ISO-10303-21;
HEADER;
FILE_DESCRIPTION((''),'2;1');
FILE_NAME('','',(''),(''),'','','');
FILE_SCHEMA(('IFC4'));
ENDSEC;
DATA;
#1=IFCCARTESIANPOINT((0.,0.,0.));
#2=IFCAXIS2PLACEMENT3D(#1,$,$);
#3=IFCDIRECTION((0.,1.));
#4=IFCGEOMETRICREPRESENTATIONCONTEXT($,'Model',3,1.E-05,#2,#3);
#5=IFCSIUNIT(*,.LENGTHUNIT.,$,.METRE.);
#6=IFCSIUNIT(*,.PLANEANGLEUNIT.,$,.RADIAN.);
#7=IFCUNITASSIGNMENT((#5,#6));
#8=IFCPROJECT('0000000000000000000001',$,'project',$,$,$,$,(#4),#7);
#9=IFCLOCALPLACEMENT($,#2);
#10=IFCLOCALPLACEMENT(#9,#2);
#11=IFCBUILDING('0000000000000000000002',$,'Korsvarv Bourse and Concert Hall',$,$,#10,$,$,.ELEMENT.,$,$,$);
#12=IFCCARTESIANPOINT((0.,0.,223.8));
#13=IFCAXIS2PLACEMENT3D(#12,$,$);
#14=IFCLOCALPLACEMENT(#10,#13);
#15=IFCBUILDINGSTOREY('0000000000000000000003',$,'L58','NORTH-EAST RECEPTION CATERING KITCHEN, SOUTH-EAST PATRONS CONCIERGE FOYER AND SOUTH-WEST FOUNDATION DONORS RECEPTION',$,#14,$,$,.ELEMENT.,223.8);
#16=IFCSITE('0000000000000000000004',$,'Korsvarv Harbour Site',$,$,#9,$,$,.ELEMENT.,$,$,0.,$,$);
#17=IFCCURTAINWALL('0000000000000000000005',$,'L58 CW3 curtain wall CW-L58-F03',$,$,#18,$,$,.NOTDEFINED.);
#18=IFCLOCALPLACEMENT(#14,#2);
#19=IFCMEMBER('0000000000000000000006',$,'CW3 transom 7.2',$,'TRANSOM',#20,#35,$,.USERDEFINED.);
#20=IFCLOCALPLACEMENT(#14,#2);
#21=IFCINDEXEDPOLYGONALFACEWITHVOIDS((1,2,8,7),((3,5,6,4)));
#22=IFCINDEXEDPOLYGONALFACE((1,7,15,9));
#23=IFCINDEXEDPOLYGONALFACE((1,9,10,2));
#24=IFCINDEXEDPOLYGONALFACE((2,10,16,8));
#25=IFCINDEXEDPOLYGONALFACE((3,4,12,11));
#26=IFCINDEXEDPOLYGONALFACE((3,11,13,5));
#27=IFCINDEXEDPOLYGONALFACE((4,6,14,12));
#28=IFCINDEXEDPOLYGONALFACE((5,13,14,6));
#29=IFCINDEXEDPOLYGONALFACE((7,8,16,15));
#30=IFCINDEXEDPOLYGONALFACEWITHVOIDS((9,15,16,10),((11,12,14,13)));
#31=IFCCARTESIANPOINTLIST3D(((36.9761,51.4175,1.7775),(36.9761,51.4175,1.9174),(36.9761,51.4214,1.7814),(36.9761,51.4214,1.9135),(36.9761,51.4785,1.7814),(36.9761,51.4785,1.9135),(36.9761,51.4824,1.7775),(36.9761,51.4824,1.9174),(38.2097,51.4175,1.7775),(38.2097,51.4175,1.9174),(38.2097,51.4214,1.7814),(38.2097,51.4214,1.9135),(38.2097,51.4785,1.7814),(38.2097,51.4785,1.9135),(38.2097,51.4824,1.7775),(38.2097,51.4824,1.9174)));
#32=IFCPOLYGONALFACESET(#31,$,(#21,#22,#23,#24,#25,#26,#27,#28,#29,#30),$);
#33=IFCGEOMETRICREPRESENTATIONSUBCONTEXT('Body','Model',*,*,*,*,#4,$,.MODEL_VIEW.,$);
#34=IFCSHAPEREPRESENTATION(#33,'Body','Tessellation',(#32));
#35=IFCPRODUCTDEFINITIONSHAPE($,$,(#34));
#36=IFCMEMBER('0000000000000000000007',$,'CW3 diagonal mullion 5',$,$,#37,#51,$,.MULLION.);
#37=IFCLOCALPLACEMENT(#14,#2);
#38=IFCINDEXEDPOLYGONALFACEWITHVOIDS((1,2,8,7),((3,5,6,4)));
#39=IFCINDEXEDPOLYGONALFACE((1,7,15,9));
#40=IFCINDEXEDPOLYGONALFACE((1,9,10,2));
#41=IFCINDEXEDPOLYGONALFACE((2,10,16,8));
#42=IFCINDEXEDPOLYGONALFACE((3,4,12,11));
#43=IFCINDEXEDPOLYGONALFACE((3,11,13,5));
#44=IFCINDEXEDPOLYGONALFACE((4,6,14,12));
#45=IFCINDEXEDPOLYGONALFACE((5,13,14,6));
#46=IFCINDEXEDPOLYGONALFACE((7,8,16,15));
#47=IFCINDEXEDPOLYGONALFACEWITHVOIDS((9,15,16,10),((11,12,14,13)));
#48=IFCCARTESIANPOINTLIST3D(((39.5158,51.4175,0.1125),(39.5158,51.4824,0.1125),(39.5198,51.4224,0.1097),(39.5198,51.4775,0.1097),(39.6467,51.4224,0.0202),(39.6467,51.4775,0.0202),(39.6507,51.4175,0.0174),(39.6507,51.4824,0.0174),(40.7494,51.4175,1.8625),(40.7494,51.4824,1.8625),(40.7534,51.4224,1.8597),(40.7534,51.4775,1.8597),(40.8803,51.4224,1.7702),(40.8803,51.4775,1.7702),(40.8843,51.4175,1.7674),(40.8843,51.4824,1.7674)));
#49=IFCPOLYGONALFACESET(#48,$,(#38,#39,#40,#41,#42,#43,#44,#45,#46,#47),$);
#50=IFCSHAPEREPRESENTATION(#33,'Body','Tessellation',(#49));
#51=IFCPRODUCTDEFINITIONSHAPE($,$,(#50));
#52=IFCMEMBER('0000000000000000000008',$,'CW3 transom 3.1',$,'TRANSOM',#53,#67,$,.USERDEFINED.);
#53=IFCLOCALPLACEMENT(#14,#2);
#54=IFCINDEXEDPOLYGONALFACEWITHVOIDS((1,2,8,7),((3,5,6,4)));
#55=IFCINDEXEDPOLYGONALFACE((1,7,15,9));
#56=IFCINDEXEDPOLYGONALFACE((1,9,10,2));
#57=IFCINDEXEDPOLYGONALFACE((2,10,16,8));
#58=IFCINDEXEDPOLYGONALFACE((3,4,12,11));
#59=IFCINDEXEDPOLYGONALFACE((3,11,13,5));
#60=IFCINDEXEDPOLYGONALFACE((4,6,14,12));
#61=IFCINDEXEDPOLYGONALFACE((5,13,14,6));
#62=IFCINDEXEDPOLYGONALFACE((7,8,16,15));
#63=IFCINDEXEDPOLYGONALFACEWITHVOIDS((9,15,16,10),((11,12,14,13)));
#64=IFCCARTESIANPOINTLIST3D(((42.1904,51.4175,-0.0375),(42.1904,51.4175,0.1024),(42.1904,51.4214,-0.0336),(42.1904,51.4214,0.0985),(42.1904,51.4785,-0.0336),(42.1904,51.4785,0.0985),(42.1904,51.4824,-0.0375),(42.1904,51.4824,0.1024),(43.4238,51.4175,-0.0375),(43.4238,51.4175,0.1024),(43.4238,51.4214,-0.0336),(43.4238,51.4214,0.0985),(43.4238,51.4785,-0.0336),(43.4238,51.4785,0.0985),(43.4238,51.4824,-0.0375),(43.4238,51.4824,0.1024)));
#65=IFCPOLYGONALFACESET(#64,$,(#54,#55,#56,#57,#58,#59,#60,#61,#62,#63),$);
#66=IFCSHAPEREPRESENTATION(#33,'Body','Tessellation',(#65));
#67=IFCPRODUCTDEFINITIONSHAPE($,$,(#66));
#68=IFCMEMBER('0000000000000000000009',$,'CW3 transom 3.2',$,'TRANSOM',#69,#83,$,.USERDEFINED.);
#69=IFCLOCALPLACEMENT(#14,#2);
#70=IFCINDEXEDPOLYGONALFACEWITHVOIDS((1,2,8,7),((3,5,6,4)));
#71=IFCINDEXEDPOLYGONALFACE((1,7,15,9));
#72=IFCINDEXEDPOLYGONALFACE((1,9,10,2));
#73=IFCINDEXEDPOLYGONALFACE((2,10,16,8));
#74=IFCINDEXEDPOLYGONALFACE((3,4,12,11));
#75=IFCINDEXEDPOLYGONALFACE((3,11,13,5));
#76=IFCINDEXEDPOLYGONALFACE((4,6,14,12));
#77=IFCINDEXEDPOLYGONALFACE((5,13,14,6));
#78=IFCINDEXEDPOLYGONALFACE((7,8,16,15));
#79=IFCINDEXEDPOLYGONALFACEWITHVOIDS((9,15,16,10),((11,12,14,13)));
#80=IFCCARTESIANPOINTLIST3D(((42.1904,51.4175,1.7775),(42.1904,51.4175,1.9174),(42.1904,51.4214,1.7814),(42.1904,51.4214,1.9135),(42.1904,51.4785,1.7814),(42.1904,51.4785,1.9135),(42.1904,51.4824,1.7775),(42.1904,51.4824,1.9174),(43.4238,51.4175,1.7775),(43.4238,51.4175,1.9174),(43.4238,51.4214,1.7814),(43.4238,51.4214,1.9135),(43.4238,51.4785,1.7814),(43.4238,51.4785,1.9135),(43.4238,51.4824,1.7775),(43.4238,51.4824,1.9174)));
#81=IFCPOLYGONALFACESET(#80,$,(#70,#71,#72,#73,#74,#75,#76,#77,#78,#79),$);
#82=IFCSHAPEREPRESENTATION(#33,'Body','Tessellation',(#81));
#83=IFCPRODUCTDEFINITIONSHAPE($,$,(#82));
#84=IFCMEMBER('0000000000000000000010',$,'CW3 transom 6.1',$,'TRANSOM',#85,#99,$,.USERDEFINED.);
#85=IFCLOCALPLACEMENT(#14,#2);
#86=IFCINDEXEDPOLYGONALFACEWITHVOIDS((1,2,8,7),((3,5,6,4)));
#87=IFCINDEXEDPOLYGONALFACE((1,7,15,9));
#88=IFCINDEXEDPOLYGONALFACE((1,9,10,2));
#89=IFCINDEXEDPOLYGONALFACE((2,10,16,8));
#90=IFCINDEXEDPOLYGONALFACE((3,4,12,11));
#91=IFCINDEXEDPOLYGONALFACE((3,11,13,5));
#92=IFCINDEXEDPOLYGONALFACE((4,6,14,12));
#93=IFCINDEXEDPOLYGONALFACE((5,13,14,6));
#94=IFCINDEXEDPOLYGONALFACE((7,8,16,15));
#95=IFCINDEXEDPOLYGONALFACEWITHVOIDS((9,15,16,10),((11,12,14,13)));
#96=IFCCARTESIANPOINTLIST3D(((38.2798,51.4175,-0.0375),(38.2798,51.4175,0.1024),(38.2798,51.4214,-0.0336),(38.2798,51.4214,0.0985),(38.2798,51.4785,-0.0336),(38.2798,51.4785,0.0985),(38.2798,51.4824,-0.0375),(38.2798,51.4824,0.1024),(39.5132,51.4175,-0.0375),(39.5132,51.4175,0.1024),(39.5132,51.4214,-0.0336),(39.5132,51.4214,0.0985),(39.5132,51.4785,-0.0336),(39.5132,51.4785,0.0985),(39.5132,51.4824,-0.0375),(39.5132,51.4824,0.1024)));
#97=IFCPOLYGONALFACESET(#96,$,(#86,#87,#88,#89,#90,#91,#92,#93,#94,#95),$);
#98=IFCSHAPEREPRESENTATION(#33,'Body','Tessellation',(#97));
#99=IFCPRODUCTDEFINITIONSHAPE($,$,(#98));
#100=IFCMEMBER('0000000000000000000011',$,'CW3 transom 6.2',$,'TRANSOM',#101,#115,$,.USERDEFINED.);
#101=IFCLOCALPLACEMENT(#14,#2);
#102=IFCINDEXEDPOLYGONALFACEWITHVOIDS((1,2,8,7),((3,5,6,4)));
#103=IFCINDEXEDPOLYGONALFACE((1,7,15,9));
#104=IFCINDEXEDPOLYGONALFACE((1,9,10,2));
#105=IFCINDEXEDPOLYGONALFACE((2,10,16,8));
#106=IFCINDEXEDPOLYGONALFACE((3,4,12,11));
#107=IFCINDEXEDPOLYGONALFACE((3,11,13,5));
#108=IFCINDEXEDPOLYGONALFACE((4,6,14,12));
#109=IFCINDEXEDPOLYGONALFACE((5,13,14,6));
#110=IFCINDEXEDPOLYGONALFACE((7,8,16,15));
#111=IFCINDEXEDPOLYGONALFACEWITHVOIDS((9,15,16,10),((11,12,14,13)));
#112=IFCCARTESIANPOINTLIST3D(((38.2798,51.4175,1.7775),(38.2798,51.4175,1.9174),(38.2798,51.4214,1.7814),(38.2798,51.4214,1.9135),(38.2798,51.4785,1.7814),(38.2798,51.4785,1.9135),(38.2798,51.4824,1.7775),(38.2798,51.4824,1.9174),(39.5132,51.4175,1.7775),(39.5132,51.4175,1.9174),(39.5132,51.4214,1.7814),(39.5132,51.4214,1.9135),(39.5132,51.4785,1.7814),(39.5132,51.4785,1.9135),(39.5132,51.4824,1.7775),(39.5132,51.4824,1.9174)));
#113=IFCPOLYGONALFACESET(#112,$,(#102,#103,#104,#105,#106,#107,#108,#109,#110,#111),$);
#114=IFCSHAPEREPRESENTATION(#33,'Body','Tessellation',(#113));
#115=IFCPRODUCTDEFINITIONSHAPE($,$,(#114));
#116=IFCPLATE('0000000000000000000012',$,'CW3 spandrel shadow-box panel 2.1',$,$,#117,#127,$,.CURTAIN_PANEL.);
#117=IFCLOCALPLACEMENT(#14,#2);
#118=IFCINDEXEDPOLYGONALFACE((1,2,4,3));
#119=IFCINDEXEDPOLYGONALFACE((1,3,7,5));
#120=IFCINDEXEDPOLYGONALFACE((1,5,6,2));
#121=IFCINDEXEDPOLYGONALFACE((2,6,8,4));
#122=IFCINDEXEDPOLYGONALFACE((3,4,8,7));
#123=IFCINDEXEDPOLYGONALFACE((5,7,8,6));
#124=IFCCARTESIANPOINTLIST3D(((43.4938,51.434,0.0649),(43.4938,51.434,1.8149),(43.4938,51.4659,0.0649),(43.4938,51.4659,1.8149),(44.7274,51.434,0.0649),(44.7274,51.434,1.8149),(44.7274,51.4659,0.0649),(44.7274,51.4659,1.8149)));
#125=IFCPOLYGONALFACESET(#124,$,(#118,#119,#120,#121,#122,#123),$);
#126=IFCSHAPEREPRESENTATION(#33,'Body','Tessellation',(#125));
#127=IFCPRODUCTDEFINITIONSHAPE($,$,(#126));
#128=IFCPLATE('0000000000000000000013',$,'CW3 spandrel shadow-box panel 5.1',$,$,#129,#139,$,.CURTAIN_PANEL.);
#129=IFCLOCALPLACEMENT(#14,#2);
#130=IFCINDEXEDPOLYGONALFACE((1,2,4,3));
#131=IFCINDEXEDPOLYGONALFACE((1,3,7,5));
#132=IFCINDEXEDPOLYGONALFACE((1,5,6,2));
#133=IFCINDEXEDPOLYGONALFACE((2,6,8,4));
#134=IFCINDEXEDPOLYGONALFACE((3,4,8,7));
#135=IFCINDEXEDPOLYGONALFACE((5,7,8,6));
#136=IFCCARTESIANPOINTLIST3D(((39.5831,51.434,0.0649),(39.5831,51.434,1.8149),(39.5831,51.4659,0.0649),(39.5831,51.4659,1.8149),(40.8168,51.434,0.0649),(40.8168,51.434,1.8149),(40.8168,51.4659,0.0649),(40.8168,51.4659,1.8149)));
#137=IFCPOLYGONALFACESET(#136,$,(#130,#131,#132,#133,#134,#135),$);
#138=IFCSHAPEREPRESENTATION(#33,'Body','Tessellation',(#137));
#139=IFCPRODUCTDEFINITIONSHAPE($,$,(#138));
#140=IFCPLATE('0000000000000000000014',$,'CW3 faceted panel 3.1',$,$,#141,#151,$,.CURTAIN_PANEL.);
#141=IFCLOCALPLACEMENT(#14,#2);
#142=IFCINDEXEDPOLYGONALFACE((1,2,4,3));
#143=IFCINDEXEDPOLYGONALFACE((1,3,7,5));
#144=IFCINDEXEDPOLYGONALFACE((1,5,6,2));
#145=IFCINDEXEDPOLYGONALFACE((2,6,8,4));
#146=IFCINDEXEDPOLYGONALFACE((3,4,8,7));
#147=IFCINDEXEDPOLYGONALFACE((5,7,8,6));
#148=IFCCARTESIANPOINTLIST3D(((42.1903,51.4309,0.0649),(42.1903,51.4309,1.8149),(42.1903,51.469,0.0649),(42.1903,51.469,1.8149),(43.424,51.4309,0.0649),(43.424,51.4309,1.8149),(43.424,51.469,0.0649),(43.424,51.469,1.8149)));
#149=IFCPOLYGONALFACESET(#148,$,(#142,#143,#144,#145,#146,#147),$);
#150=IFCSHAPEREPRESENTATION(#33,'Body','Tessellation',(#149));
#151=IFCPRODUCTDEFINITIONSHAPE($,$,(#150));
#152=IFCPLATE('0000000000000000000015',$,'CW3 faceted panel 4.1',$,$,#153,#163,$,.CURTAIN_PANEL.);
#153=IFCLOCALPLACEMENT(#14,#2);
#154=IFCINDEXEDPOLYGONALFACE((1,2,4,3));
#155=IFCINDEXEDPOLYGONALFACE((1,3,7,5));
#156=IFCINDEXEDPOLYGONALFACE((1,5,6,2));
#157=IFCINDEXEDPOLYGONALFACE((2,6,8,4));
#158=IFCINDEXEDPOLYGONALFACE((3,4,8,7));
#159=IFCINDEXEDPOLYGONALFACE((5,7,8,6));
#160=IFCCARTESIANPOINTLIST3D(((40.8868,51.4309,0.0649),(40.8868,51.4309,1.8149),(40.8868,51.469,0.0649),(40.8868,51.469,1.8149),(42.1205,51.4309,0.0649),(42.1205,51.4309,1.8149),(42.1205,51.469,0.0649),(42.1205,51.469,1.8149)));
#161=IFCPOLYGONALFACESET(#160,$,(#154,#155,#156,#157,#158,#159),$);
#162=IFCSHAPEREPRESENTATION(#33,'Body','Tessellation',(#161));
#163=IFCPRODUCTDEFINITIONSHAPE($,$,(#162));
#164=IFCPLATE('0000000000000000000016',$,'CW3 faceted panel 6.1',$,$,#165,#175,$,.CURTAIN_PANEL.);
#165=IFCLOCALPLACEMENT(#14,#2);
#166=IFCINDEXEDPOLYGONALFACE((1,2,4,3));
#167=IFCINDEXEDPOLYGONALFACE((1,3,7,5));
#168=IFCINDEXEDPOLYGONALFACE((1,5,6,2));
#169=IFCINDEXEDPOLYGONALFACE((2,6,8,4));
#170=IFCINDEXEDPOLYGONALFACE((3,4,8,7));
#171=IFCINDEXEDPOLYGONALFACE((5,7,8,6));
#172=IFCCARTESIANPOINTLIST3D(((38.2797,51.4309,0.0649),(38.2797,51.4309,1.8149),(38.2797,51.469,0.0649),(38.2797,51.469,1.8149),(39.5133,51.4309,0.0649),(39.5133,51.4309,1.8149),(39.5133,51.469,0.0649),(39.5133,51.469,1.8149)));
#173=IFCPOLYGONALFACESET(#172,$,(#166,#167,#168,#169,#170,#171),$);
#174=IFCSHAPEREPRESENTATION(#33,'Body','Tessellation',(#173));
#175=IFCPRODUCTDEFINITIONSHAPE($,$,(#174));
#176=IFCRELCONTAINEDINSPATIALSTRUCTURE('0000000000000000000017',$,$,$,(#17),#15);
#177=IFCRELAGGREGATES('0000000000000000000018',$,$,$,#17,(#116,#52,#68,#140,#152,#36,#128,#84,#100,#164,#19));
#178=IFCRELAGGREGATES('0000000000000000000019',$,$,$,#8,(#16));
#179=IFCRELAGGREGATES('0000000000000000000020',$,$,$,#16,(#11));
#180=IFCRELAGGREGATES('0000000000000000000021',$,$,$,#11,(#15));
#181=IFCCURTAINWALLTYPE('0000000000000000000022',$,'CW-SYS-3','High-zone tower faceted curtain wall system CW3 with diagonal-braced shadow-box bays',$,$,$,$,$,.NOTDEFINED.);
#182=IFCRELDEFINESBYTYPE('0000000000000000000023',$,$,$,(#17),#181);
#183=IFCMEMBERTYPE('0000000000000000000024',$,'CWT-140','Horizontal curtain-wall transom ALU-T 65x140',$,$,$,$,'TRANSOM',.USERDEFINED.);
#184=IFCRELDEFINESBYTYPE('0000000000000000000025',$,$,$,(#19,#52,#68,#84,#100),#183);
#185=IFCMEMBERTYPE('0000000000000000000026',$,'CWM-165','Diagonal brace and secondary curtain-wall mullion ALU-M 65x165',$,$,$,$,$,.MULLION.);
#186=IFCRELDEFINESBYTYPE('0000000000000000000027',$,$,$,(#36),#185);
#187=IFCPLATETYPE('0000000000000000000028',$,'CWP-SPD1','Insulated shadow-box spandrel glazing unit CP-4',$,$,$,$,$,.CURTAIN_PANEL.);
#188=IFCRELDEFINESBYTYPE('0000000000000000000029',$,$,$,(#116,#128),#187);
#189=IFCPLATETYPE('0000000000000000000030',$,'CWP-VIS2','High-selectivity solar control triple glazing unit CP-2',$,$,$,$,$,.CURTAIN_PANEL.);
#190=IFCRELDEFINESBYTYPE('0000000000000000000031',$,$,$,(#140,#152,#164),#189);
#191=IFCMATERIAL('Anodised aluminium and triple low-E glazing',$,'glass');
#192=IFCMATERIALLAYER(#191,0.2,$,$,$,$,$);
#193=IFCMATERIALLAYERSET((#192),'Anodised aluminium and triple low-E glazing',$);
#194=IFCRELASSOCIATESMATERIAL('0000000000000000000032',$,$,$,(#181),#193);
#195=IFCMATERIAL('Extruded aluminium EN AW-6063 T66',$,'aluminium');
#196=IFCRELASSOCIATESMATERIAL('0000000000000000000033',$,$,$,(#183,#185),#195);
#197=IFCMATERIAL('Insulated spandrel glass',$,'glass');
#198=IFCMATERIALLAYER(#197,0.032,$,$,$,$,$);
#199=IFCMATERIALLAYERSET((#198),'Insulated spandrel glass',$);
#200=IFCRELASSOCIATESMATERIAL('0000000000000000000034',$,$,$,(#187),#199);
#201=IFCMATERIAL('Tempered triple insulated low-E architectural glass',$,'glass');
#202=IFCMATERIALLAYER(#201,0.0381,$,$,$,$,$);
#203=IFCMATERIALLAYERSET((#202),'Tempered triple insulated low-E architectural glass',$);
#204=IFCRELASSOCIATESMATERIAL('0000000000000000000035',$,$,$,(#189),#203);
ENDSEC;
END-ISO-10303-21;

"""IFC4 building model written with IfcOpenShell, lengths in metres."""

from ifc_helpers import new_model, si_unit, direction, frame, origin, origin_2d, place, context, subcontext, project, spatial, rectangle, hollow_rectangle, extrude, source, transform, mapped, material, layer, layer_set, material_profile, profile_set, type_object, element, aggregate, save


model = new_model("IFC4")

# Units and contexts
model_context = context("Model", 3, precision=1e-05, world=origin(), true_north=direction((0.0, 1.0)))
body_context = subcontext(model_context, "Body", "Model", "MODEL_VIEW")
ifc_project = project(units=[si_unit("LENGTHUNIT", "METRE"), si_unit("PLANEANGLEUNIT", "RADIAN")], contexts=[model_context])

# Site, building, storey
site_placement = place(None, origin())
site = spatial("IfcSite", under=ifc_project, at=site_placement, Name="Korsvarv Harbour Site", CompositionType="ELEMENT", RefElevation=0.0)
building_placement = place(site_placement, origin())
building = spatial("IfcBuilding", under=site, at=building_placement, Name="Korsvarv Bourse and Concert Hall", CompositionType="ELEMENT")
storey_placement = place(building_placement, frame((0.0, 0.0, 223.8)))
storey = spatial("IfcBuildingStorey", under=building, at=storey_placement, Name="L58", Description="NORTH-EAST RECEPTION CATERING KITCHEN, SOUTH-EAST PATRONS CONCIERGE FOYER AND SOUTH-WEST FOUNDATION DONORS RECEPTION", CompositionType="ELEMENT", Elevation=223.8)

# Curtain wall, members, plates
ifc_material_1 = material(Name="Anodised aluminium and triple low-E glazing", Category="glass")
ifc_layer_1 = layer(ifc_material_1, 0.2)
ifc_layer_set_1 = layer_set([ifc_layer_1], Name="Anodised aluminium and triple low-E glazing")
curtain_wall_type = type_object("IfcCurtainWallType", Name="CW-SYS-3", Description="High-zone tower faceted curtain wall system CW3 with diagonal-braced shadow-box bays", PredefinedType="NOTDEFINED", material=ifc_layer_set_1)
curtain_wall_placement = place(storey_placement, origin())
curtain_wall = element("IfcCurtainWall", 1, at=curtain_wall_placement, inside=storey, type_object=curtain_wall_type, Name="L58 CW3 curtain wall CW-L58-F03", PredefinedType="NOTDEFINED")
ifc_material_2 = material(Name="Extruded aluminium EN AW-6063 T66", Category="aluminium")
ifc_material_profile_1 = material_profile(ifc_material_2, hollow_rectangle(XDim=0.0649, YDim=0.1399, WallThickness=0.0039, at=origin_2d()), Name="ALU-T 65x140")
ifc_profile_set_1 = profile_set([ifc_material_profile_1], Name="Extruded aluminium EN AW-6063 T66")
member_type_1 = type_object("IfcMemberType", Name="CWT-140", Description="Horizontal curtain-wall transom ALU-T 65x140", ElementType="TRANSOM", PredefinedType="USERDEFINED", material=ifc_profile_set_1)
shared_shape_1 = source(origin(), body_context, "Body", "SweptSolid", [
    extrude(hollow_rectangle(XDim=0.0649, YDim=0.1399, WallThickness=0.0039, at=origin_2d()), origin(), (0.0, 0.0, 1.0), 1.2336),
])
member_1_placement = place(storey_placement, frame((38.2097, 51.45, 1.8474), z_axis=(-1.0, 0.0, 0.0), x_axis=(0.0, -1.0, 0.0)))
member_1 = element("IfcMember", 2, at=member_1_placement, type_object=member_type_1, Name="CW3 transom 7.2", ObjectType="TRANSOM", PredefinedType="USERDEFINED", context=body_context, shape_type="MappedRepresentation", body=[
    mapped(shared_shape_1, transform((0.0, 0.0, 0.0), scale=1.0)),
])
ifc_material_profile_2 = material_profile(ifc_material_2, hollow_rectangle(XDim=0.0649, YDim=0.165, WallThickness=0.0049, at=origin_2d()), Name="ALU-M 65x165")
ifc_profile_set_2 = profile_set([ifc_material_profile_2], Name="Extruded aluminium EN AW-6063 T66")
member_type_2 = type_object("IfcMemberType", Name="CWM-165", Description="Diagonal brace and secondary curtain-wall mullion ALU-M 65x165", PredefinedType="MULLION", material=ifc_profile_set_2)
shared_shape_2 = source(origin(), body_context, "Body", "SweptSolid", [
    extrude(hollow_rectangle(XDim=0.0649, YDim=0.165, WallThickness=0.0049, at=origin_2d()), origin(), (0.0, 0.0, 1.0), 2.1411),
])
member_2_placement = place(storey_placement, frame((39.5833, 51.45, 0.0649), z_axis=(0.576168, 0.0, 0.817331), x_axis=(0.0, 1.0, 0.0)))
member_2 = element("IfcMember", 3, at=member_2_placement, type_object=member_type_2, Name="CW3 diagonal mullion 5", PredefinedType="MULLION", context=body_context, shape_type="MappedRepresentation", body=[
    mapped(shared_shape_2, transform((0.0, 0.0, 0.0), scale=1.0)),
])
shared_shape_3 = source(origin(), body_context, "Body", "SweptSolid", [
    extrude(hollow_rectangle(XDim=0.0649, YDim=0.1399, WallThickness=0.0039, at=origin_2d()), origin(), (0.0, 0.0, 1.0), 1.2334),
])
member_3_placement = place(storey_placement, frame((43.4238, 51.45, 0.0325), z_axis=(-1.0, 0.0, 0.0), x_axis=(0.0, -1.0, 0.0)))
member_3 = element("IfcMember", 4, at=member_3_placement, type_object=member_type_1, Name="CW3 transom 3.1", ObjectType="TRANSOM", PredefinedType="USERDEFINED", context=body_context, shape_type="MappedRepresentation", body=[
    mapped(shared_shape_3, transform((0.0, 0.0, 0.0), scale=1.0)),
])
member_4_placement = place(storey_placement, frame((43.4238, 51.45, 1.8474), z_axis=(-1.0, 0.0, 0.0), x_axis=(0.0, -1.0, 0.0)))
member_4 = element("IfcMember", 5, at=member_4_placement, type_object=member_type_1, Name="CW3 transom 3.2", ObjectType="TRANSOM", PredefinedType="USERDEFINED", context=body_context, shape_type="MappedRepresentation", body=[
    mapped(shared_shape_3, transform((0.0, 0.0, 0.0), scale=1.0)),
])
member_5_placement = place(storey_placement, frame((39.5132, 51.45, 0.0325), z_axis=(-1.0, 0.0, 0.0), x_axis=(0.0, -1.0, 0.0)))
member_5 = element("IfcMember", 6, at=member_5_placement, type_object=member_type_1, Name="CW3 transom 6.1", ObjectType="TRANSOM", PredefinedType="USERDEFINED", context=body_context, shape_type="MappedRepresentation", body=[
    mapped(shared_shape_3, transform((0.0, 0.0, 0.0), scale=1.0)),
])
member_6_placement = place(storey_placement, frame((39.5132, 51.45, 1.8474), z_axis=(-1.0, 0.0, 0.0), x_axis=(0.0, -1.0, 0.0)))
member_6 = element("IfcMember", 7, at=member_6_placement, type_object=member_type_1, Name="CW3 transom 6.2", ObjectType="TRANSOM", PredefinedType="USERDEFINED", context=body_context, shape_type="MappedRepresentation", body=[
    mapped(shared_shape_3, transform((0.0, 0.0, 0.0), scale=1.0)),
])
ifc_material_3 = material(Name="Insulated spandrel glass", Category="glass")
ifc_layer_2 = layer(ifc_material_3, 0.032)
ifc_layer_set_2 = layer_set([ifc_layer_2], Name="Insulated spandrel glass")
plate_type_1 = type_object("IfcPlateType", Name="CWP-SPD1", Description="Insulated shadow-box spandrel glazing unit CP-4", PredefinedType="CURTAIN_PANEL", material=ifc_layer_set_2)
shared_shape_4 = source(origin(), body_context, "Body", "SweptSolid", [
    extrude(rectangle(XDim=1.2336, YDim=0.032, at=origin_2d()), origin(), (0.0, 0.0, 1.0), 1.75),
])
plate_1_placement = place(storey_placement, frame((44.1106, 51.45, 0.0649), z_axis=(0.0, 0.0, 1.0), x_axis=(-1.0, 0.0, 0.0)))
plate_1 = element("IfcPlate", 8, at=plate_1_placement, type_object=plate_type_1, Name="CW3 spandrel shadow-box panel 2.1", PredefinedType="CURTAIN_PANEL", context=body_context, shape_type="MappedRepresentation", body=[
    mapped(shared_shape_4, transform((0.0, 0.0, 0.0), scale=1.0)),
])
plate_2_placement = place(storey_placement, frame((40.2, 51.45, 0.0649), z_axis=(0.0, 0.0, 1.0), x_axis=(-1.0, 0.0, 0.0)))
plate_2 = element("IfcPlate", 9, at=plate_2_placement, type_object=plate_type_1, Name="CW3 spandrel shadow-box panel 5.1", PredefinedType="CURTAIN_PANEL", context=body_context, shape_type="MappedRepresentation", body=[
    mapped(shared_shape_4, transform((0.0, 0.0, 0.0), scale=1.0)),
])
ifc_material_4 = material(Name="Tempered triple insulated low-E architectural glass", Category="glass")
ifc_layer_3 = layer(ifc_material_4, 0.0381)
ifc_layer_set_3 = layer_set([ifc_layer_3], Name="Tempered triple insulated low-E architectural glass")
plate_type_2 = type_object("IfcPlateType", Name="CWP-VIS2", Description="High-selectivity solar control triple glazing unit CP-2", PredefinedType="CURTAIN_PANEL", material=ifc_layer_set_3)
shared_shape_5 = source(origin(), body_context, "Body", "SweptSolid", [
    extrude(rectangle(XDim=1.2336, YDim=0.0381, at=origin_2d()), origin(), (0.0, 0.0, 1.0), 1.75),
])
plate_3_placement = place(storey_placement, frame((42.8071, 51.45, 0.0649), z_axis=(0.0, 0.0, 1.0), x_axis=(-1.0, 0.0, 0.0)))
plate_3 = element("IfcPlate", 10, at=plate_3_placement, type_object=plate_type_2, Name="CW3 faceted panel 3.1", PredefinedType="CURTAIN_PANEL", context=body_context, shape_type="MappedRepresentation", body=[
    mapped(shared_shape_5, transform((0.0, 0.0, 0.0), scale=1.0)),
])
plate_4_placement = place(storey_placement, frame((41.5037, 51.45, 0.0649), z_axis=(0.0, 0.0, 1.0), x_axis=(-1.0, 0.0, 0.0)))
plate_4 = element("IfcPlate", 11, at=plate_4_placement, type_object=plate_type_2, Name="CW3 faceted panel 4.1", PredefinedType="CURTAIN_PANEL", context=body_context, shape_type="MappedRepresentation", body=[
    mapped(shared_shape_5, transform((0.0, 0.0, 0.0), scale=1.0)),
])
plate_5_placement = place(storey_placement, frame((38.8965, 51.45, 0.0649), z_axis=(0.0, 0.0, 1.0), x_axis=(-1.0, 0.0, 0.0)))
plate_5 = element("IfcPlate", 12, at=plate_5_placement, type_object=plate_type_2, Name="CW3 faceted panel 6.1", PredefinedType="CURTAIN_PANEL", context=body_context, shape_type="MappedRepresentation", body=[
    mapped(shared_shape_5, transform((0.0, 0.0, 0.0), scale=1.0)),
])
aggregate(curtain_wall, [plate_1, member_3, member_4, plate_3, plate_4, member_2, plate_2, member_5, member_6, plate_5, member_1])

save(model, "model.ifc")
